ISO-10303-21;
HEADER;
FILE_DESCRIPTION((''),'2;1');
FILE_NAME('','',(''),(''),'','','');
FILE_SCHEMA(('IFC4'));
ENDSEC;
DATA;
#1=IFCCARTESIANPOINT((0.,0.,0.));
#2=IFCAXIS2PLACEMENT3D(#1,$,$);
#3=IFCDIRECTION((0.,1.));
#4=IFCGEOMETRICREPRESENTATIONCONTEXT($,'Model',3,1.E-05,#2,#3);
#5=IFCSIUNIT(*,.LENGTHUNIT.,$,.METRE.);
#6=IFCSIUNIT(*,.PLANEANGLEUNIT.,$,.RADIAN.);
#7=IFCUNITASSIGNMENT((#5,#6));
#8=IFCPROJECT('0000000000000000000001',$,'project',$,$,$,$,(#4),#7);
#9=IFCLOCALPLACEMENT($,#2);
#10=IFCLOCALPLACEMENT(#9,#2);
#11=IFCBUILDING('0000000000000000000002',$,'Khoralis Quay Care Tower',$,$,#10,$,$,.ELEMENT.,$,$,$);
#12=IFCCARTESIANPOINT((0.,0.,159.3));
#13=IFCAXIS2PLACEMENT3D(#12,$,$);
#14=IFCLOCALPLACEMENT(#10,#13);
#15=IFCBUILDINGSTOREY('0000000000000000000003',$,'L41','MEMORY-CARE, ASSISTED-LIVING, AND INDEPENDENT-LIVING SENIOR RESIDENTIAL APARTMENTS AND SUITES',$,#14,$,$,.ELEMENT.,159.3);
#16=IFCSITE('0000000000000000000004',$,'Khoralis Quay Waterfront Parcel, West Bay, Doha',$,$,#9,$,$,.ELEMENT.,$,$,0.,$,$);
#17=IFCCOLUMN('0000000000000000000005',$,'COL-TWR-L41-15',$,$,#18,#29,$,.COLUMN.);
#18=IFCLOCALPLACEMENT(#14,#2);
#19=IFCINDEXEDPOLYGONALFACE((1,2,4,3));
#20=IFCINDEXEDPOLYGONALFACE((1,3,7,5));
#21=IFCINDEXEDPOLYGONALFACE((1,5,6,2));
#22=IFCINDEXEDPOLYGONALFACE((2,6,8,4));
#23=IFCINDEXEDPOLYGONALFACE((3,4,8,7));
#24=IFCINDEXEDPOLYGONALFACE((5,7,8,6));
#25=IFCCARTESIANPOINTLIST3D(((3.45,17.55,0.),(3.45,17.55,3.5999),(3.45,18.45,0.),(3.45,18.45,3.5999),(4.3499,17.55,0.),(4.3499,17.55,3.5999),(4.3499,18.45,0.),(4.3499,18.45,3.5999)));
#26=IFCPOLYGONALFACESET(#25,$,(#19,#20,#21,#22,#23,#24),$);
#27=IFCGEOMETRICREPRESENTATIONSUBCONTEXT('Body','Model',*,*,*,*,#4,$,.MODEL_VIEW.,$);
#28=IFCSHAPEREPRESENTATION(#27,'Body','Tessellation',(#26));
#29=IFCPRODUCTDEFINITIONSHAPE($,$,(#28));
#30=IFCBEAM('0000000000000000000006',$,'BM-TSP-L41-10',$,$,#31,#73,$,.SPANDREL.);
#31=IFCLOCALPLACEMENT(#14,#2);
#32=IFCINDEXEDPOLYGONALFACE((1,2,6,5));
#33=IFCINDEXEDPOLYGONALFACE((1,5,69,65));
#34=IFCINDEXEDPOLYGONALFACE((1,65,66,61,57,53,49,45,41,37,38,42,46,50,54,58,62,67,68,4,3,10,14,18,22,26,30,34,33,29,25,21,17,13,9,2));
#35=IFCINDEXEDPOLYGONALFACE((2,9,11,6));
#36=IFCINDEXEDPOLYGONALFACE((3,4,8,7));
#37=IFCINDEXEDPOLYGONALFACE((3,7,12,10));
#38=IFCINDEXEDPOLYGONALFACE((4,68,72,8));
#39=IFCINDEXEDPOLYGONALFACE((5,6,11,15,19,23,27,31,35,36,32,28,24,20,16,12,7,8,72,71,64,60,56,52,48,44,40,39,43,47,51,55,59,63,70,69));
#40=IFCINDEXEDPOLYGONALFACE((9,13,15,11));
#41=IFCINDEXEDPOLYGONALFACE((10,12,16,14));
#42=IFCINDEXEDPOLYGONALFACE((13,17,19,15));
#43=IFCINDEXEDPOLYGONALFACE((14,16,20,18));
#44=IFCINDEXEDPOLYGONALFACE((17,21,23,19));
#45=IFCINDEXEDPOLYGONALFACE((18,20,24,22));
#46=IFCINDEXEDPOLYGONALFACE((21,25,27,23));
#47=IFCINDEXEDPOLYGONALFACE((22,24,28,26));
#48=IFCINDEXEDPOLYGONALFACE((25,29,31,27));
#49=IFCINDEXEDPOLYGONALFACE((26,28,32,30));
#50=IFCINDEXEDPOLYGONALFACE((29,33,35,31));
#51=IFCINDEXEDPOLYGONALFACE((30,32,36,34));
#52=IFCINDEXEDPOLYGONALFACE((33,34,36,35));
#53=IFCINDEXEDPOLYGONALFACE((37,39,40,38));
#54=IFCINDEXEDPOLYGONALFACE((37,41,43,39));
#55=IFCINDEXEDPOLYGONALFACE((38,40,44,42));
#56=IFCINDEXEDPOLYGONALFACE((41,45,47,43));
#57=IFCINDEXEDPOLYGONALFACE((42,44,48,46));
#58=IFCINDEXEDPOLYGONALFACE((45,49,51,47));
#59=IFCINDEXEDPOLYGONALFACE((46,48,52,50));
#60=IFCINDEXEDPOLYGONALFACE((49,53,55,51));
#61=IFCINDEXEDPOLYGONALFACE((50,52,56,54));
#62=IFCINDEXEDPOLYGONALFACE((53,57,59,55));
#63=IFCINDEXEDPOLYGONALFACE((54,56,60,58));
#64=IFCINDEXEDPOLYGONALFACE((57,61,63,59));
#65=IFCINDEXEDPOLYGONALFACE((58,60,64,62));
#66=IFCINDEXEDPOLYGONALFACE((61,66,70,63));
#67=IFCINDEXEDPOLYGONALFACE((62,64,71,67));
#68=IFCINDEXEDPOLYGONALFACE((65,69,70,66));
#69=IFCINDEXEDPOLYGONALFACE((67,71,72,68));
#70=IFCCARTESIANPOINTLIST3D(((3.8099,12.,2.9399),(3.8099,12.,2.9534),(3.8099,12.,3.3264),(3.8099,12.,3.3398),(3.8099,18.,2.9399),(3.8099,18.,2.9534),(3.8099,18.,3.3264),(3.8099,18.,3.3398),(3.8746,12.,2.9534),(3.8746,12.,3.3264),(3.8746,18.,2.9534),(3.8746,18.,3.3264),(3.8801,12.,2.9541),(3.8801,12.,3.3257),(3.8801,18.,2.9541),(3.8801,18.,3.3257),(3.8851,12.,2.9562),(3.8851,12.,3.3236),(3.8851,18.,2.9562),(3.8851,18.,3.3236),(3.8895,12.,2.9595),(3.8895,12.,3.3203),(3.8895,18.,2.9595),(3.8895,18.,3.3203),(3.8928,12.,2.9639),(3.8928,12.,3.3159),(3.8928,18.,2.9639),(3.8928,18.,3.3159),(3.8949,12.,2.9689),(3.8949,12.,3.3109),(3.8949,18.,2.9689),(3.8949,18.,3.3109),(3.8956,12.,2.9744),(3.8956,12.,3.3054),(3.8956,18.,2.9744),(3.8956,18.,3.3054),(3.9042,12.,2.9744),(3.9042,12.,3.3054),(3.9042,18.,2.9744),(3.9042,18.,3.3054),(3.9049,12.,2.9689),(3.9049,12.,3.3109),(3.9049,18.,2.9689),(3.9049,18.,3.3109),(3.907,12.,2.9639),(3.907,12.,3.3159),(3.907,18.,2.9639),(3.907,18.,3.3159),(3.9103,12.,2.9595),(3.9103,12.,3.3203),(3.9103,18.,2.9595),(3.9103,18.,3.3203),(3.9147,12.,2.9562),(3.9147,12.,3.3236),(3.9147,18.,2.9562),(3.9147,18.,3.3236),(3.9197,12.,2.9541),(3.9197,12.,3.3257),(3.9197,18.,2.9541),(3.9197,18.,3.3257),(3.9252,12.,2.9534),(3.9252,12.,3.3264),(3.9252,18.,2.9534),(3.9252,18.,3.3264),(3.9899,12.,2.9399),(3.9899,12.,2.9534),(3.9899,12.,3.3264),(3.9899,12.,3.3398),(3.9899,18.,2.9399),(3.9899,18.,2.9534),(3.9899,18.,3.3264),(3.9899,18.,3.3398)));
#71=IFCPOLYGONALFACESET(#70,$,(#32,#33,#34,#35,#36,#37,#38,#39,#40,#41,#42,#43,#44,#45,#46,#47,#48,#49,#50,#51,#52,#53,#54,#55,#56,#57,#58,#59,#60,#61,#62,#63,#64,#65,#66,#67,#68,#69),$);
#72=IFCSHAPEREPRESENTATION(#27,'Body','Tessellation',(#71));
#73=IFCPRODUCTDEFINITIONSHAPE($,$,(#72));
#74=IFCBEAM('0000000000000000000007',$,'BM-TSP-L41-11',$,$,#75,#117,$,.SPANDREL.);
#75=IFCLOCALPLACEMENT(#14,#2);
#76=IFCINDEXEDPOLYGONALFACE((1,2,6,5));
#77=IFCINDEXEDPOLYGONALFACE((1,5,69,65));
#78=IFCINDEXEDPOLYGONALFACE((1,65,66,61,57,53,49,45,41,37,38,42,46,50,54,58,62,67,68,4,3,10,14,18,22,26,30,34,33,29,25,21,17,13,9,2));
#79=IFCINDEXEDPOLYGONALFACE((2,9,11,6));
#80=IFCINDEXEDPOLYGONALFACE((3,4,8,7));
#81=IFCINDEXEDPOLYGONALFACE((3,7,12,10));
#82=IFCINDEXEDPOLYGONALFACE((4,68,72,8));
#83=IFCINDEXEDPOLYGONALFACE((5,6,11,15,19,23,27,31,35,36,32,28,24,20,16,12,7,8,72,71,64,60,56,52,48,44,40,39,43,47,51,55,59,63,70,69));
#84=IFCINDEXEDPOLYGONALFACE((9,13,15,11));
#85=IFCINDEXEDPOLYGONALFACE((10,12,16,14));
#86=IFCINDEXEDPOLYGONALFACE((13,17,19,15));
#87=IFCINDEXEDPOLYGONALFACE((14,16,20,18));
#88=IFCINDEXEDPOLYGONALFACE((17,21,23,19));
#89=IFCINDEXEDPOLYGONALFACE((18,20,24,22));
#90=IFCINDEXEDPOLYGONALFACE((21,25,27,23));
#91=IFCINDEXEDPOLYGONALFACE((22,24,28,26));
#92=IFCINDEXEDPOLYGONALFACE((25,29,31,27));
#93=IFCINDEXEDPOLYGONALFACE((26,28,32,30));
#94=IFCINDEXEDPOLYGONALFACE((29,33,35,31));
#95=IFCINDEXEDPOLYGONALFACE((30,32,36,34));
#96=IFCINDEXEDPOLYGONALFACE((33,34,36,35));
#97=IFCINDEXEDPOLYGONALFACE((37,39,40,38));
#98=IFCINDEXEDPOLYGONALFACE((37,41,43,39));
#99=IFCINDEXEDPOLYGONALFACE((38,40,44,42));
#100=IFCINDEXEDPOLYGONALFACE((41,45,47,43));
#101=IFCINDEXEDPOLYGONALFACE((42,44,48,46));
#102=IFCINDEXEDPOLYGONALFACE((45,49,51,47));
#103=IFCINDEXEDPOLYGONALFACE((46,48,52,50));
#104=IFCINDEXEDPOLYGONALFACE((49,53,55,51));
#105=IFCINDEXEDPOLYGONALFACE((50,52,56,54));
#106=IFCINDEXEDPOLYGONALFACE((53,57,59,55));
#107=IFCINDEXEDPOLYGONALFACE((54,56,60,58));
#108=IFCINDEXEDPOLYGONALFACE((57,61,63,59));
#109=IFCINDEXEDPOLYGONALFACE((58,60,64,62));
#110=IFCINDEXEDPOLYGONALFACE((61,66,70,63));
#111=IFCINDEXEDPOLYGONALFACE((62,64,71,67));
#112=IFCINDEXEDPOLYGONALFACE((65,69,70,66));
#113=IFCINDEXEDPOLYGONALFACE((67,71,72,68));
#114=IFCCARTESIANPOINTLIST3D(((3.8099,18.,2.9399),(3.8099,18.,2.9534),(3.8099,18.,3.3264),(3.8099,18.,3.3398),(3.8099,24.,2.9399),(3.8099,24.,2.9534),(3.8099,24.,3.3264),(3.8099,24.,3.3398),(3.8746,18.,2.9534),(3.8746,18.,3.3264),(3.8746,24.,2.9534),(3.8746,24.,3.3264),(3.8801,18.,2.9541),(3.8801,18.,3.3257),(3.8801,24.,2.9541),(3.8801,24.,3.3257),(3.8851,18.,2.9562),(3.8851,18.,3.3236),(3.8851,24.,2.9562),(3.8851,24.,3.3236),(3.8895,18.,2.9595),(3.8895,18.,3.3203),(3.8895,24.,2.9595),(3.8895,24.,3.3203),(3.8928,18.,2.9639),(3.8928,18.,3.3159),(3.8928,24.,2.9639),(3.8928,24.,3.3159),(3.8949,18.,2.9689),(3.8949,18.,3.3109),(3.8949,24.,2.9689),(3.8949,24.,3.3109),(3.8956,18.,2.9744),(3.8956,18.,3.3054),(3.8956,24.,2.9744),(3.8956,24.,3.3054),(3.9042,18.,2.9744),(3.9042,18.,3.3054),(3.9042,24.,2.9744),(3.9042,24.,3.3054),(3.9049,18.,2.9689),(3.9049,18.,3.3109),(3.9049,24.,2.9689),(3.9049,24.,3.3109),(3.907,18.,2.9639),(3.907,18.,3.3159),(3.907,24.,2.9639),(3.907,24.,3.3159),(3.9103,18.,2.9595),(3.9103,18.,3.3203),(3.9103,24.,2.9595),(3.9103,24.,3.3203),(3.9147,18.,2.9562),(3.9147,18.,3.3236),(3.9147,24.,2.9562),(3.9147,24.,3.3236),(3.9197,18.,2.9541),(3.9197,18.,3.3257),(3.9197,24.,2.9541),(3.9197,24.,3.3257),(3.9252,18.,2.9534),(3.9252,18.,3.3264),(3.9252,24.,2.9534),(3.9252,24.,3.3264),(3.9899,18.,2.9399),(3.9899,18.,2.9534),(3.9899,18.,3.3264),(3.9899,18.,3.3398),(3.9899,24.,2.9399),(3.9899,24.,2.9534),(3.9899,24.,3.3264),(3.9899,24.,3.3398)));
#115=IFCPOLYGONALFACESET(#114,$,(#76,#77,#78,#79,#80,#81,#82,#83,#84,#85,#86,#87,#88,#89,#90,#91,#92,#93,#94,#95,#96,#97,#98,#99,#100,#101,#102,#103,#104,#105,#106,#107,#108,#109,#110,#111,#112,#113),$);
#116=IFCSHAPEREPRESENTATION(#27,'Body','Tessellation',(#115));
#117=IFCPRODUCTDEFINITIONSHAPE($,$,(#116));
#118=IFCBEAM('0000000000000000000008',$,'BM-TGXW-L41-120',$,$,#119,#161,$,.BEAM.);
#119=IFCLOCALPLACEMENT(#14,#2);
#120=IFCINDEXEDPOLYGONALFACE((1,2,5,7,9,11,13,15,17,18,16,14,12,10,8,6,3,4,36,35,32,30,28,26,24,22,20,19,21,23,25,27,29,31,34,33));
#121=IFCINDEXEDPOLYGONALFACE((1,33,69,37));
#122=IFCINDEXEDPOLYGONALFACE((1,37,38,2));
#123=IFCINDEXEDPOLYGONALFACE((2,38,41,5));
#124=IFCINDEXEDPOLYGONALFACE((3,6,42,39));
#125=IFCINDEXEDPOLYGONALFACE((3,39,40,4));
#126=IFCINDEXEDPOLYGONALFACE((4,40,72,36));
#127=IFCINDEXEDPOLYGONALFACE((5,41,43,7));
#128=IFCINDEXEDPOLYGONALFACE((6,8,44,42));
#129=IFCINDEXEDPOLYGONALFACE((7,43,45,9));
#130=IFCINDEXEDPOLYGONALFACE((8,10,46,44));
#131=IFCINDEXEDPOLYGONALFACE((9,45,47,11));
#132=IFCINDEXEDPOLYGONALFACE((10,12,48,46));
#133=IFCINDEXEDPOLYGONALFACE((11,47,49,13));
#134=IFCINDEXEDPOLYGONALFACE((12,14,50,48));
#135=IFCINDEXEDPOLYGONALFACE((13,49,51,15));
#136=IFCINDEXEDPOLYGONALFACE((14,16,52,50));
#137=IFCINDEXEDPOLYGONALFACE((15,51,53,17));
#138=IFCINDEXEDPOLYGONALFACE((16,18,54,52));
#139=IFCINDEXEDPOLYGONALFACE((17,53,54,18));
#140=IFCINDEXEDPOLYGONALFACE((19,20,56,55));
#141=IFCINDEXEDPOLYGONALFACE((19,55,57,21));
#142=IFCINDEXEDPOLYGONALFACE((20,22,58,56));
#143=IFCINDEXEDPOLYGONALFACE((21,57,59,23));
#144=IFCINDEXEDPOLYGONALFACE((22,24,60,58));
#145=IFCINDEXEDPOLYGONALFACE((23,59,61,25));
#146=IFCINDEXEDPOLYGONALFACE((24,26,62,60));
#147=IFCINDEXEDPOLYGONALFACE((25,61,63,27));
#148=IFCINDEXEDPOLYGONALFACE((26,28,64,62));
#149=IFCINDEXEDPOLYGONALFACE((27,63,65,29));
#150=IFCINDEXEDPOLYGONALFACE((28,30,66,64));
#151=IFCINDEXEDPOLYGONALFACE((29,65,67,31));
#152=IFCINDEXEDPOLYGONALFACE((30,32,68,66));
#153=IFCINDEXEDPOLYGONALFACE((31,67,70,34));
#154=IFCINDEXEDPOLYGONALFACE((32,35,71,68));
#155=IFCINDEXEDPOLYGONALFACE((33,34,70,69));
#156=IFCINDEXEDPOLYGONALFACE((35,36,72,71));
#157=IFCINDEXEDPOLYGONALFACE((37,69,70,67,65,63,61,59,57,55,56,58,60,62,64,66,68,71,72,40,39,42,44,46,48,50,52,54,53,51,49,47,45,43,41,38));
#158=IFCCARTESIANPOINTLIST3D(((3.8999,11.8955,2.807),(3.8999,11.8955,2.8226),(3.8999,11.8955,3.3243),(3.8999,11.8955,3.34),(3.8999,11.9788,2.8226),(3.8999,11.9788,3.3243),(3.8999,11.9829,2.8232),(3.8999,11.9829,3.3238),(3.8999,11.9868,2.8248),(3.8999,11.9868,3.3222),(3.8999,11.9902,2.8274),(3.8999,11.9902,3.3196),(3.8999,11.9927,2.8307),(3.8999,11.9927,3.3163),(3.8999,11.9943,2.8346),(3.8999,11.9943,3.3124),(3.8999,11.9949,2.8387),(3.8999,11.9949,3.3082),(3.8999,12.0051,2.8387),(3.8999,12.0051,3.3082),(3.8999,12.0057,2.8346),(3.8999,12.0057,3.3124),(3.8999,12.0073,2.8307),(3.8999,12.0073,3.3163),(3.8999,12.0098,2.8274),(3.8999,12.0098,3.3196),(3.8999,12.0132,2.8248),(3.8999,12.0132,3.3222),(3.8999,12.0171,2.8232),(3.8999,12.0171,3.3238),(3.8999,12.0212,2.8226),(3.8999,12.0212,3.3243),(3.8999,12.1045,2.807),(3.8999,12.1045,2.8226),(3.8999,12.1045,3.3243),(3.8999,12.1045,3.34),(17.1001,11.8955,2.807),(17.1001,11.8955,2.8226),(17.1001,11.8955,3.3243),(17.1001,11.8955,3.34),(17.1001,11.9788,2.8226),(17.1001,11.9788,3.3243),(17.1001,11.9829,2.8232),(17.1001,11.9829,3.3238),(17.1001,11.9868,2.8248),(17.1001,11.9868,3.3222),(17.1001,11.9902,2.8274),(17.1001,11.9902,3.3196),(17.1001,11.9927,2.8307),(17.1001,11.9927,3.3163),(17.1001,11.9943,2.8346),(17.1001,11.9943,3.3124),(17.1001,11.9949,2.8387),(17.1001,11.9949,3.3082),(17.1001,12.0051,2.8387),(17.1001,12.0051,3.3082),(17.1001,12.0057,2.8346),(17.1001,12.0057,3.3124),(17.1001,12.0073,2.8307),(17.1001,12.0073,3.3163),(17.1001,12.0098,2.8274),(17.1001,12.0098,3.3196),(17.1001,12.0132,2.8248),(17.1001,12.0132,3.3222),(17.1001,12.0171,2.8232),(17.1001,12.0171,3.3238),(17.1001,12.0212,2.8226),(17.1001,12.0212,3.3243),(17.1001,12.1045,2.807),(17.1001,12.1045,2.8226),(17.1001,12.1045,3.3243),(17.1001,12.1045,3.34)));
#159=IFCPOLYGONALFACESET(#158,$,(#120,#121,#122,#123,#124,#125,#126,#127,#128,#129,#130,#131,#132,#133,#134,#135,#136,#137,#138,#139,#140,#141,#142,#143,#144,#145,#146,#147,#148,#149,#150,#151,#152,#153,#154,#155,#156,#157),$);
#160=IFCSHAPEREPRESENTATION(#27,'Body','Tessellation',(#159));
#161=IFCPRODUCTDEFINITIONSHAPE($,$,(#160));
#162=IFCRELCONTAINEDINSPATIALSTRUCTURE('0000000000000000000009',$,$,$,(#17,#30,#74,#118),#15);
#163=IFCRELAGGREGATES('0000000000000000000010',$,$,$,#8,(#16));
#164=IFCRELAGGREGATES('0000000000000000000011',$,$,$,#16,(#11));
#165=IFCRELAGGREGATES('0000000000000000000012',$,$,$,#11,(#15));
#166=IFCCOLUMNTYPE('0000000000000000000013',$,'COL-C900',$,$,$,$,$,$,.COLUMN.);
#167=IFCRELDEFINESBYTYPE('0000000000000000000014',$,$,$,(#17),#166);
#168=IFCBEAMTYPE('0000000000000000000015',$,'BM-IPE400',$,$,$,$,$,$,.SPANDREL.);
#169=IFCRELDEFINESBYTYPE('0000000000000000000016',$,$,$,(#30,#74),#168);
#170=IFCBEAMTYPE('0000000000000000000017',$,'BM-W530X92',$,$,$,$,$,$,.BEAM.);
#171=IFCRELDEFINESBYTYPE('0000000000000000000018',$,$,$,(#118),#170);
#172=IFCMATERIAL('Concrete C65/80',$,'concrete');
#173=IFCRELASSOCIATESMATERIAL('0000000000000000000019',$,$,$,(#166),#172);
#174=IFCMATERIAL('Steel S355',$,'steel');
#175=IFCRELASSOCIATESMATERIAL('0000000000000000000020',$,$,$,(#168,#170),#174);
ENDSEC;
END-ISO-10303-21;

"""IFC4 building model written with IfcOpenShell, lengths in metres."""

from ifc_helpers import new_model, si_unit, direction, frame, origin, origin_2d, place, context, subcontext, project, spatial, rectangle, i_section, extrude, source, transform, mapped, material, material_profile, profile_set, type_object, element, save


model = new_model("IFC4")

# Units and contexts
model_context = context("Model", 3, precision=1e-05, world=origin(), true_north=direction((0.0, 1.0)))
body_context = subcontext(model_context, "Body", "Model", "MODEL_VIEW")
ifc_project = project(units=[si_unit("LENGTHUNIT", "METRE"), si_unit("PLANEANGLEUNIT", "RADIAN")], contexts=[model_context])

# Site, building, storey
site_placement = place(None, origin())
site = spatial("IfcSite", under=ifc_project, at=site_placement, Name="Khoralis Quay Waterfront Parcel, West Bay, Doha", CompositionType="ELEMENT", RefElevation=0.0)
building_placement = place(site_placement, origin())
building = spatial("IfcBuilding", under=site, at=building_placement, Name="Khoralis Quay Care Tower", CompositionType="ELEMENT")
storey_placement = place(building_placement, frame((0.0, 0.0, 159.3)))
storey = spatial("IfcBuildingStorey", under=building, at=storey_placement, Name="L41", Description="MEMORY-CARE, ASSISTED-LIVING, AND INDEPENDENT-LIVING SENIOR RESIDENTIAL APARTMENTS AND SUITES", CompositionType="ELEMENT", Elevation=159.3)

# Column
ifc_material_1 = material(Name="Concrete C65/80", Category="concrete")
ifc_material_profile_1 = material_profile(ifc_material_1, rectangle(XDim=0.8999, YDim=0.8999, at=origin_2d()), Name="Concrete C65/80")
ifc_profile_set_1 = profile_set([ifc_material_profile_1], Name="Concrete C65/80")
column_type = type_object("IfcColumnType", Name="COL-C900", PredefinedType="COLUMN", material=ifc_profile_set_1)
shared_shape_1 = source(origin(), body_context, "Body", "SweptSolid", [
    extrude(rectangle(XDim=0.8999, YDim=0.8999, at=origin_2d()), origin(), (0.0, 0.0, 1.0), 3.5999),
])
column_placement = place(storey_placement, frame((3.8999, 18.0, 0.0), z_axis=(0.0, 0.0, 1.0), x_axis=(1.0, 0.0, 0.0)))
element("IfcColumn", 1, at=column_placement, inside=storey, type_object=column_type, Name="COL-TWR-L41-15", PredefinedType="COLUMN", context=body_context, shape_type="MappedRepresentation", body=[
    mapped(shared_shape_1, transform((0.0, 0.0, 0.0), scale=1.0)),
])

# Beams
ifc_material_2 = material(Name="Steel S355", Category="steel")
ifc_material_profile_2 = material_profile(ifc_material_2, i_section(OverallWidth=0.1799, OverallDepth=0.3999, WebThickness=0.0085, FlangeThickness=0.0134, FilletRadius=0.021, at=origin_2d()), Name="Steel S355")
ifc_profile_set_2 = profile_set([ifc_material_profile_2], Name="Steel S355")
beam_type_1 = type_object("IfcBeamType", Name="BM-IPE400", PredefinedType="SPANDREL", material=ifc_profile_set_2)
shared_shape_2 = source(origin(), body_context, "Body", "SweptSolid", [
    extrude(i_section(OverallWidth=0.1799, OverallDepth=0.3999, WebThickness=0.0085, FlangeThickness=0.0134, FilletRadius=0.021, at=origin_2d()), origin(), (0.0, 0.0, 1.0), 6.0),
])
for number, where, z_axis, x_axis, name in (
    (2, (3.8999, 12.0, 3.1399), (0.0, 1.0, 0.0), (-1.0, 0.0, 0.0), "BM-TSP-L41-10"),
    (3, (3.8999, 18.0, 3.1399), (0.0, 1.0, 0.0), (-1.0, 0.0, 0.0), "BM-TSP-L41-11"),
):
    element("IfcBeam", number, at=place(storey_placement, frame(where, z_axis=z_axis, x_axis=x_axis)), inside=storey, type_object=beam_type_1, Name=name, PredefinedType="SPANDREL", context=body_context, shape_type="MappedRepresentation", body=[
        mapped(shared_shape_2, transform((0.0, 0.0, 0.0), scale=1.0)),
    ])
ifc_material_profile_3 = material_profile(ifc_material_2, i_section(OverallWidth=0.209, OverallDepth=0.533, WebThickness=0.0103, FlangeThickness=0.0156, FilletRadius=0.0161, at=origin_2d()), Name="Steel S355")
ifc_profile_set_3 = profile_set([ifc_material_profile_3], Name="Steel S355")
beam_type_2 = type_object("IfcBeamType", Name="BM-W530X92", PredefinedType="BEAM", material=ifc_profile_set_3)
shared_shape_3 = source(origin(), body_context, "Body", "SweptSolid", [
    extrude(i_section(OverallWidth=0.209, OverallDepth=0.533, WebThickness=0.0103, FlangeThickness=0.0156, FilletRadius=0.0161, at=origin_2d()), origin(), (0.0, 0.0, 1.0), 13.2002),
])
beam_1_placement = place(storey_placement, frame((3.8999, 12.0, 3.0735), z_axis=(1.0, 0.0, 0.0), x_axis=(0.0, 1.0, 0.0)))
element("IfcBeam", 4, at=beam_1_placement, inside=storey, type_object=beam_type_2, Name="BM-TGXW-L41-120", PredefinedType="BEAM", context=body_context, shape_type="MappedRepresentation", body=[
    mapped(shared_shape_3, transform((0.0, 0.0, 0.0), scale=1.0)),
])

save(model, "model.ifc")
